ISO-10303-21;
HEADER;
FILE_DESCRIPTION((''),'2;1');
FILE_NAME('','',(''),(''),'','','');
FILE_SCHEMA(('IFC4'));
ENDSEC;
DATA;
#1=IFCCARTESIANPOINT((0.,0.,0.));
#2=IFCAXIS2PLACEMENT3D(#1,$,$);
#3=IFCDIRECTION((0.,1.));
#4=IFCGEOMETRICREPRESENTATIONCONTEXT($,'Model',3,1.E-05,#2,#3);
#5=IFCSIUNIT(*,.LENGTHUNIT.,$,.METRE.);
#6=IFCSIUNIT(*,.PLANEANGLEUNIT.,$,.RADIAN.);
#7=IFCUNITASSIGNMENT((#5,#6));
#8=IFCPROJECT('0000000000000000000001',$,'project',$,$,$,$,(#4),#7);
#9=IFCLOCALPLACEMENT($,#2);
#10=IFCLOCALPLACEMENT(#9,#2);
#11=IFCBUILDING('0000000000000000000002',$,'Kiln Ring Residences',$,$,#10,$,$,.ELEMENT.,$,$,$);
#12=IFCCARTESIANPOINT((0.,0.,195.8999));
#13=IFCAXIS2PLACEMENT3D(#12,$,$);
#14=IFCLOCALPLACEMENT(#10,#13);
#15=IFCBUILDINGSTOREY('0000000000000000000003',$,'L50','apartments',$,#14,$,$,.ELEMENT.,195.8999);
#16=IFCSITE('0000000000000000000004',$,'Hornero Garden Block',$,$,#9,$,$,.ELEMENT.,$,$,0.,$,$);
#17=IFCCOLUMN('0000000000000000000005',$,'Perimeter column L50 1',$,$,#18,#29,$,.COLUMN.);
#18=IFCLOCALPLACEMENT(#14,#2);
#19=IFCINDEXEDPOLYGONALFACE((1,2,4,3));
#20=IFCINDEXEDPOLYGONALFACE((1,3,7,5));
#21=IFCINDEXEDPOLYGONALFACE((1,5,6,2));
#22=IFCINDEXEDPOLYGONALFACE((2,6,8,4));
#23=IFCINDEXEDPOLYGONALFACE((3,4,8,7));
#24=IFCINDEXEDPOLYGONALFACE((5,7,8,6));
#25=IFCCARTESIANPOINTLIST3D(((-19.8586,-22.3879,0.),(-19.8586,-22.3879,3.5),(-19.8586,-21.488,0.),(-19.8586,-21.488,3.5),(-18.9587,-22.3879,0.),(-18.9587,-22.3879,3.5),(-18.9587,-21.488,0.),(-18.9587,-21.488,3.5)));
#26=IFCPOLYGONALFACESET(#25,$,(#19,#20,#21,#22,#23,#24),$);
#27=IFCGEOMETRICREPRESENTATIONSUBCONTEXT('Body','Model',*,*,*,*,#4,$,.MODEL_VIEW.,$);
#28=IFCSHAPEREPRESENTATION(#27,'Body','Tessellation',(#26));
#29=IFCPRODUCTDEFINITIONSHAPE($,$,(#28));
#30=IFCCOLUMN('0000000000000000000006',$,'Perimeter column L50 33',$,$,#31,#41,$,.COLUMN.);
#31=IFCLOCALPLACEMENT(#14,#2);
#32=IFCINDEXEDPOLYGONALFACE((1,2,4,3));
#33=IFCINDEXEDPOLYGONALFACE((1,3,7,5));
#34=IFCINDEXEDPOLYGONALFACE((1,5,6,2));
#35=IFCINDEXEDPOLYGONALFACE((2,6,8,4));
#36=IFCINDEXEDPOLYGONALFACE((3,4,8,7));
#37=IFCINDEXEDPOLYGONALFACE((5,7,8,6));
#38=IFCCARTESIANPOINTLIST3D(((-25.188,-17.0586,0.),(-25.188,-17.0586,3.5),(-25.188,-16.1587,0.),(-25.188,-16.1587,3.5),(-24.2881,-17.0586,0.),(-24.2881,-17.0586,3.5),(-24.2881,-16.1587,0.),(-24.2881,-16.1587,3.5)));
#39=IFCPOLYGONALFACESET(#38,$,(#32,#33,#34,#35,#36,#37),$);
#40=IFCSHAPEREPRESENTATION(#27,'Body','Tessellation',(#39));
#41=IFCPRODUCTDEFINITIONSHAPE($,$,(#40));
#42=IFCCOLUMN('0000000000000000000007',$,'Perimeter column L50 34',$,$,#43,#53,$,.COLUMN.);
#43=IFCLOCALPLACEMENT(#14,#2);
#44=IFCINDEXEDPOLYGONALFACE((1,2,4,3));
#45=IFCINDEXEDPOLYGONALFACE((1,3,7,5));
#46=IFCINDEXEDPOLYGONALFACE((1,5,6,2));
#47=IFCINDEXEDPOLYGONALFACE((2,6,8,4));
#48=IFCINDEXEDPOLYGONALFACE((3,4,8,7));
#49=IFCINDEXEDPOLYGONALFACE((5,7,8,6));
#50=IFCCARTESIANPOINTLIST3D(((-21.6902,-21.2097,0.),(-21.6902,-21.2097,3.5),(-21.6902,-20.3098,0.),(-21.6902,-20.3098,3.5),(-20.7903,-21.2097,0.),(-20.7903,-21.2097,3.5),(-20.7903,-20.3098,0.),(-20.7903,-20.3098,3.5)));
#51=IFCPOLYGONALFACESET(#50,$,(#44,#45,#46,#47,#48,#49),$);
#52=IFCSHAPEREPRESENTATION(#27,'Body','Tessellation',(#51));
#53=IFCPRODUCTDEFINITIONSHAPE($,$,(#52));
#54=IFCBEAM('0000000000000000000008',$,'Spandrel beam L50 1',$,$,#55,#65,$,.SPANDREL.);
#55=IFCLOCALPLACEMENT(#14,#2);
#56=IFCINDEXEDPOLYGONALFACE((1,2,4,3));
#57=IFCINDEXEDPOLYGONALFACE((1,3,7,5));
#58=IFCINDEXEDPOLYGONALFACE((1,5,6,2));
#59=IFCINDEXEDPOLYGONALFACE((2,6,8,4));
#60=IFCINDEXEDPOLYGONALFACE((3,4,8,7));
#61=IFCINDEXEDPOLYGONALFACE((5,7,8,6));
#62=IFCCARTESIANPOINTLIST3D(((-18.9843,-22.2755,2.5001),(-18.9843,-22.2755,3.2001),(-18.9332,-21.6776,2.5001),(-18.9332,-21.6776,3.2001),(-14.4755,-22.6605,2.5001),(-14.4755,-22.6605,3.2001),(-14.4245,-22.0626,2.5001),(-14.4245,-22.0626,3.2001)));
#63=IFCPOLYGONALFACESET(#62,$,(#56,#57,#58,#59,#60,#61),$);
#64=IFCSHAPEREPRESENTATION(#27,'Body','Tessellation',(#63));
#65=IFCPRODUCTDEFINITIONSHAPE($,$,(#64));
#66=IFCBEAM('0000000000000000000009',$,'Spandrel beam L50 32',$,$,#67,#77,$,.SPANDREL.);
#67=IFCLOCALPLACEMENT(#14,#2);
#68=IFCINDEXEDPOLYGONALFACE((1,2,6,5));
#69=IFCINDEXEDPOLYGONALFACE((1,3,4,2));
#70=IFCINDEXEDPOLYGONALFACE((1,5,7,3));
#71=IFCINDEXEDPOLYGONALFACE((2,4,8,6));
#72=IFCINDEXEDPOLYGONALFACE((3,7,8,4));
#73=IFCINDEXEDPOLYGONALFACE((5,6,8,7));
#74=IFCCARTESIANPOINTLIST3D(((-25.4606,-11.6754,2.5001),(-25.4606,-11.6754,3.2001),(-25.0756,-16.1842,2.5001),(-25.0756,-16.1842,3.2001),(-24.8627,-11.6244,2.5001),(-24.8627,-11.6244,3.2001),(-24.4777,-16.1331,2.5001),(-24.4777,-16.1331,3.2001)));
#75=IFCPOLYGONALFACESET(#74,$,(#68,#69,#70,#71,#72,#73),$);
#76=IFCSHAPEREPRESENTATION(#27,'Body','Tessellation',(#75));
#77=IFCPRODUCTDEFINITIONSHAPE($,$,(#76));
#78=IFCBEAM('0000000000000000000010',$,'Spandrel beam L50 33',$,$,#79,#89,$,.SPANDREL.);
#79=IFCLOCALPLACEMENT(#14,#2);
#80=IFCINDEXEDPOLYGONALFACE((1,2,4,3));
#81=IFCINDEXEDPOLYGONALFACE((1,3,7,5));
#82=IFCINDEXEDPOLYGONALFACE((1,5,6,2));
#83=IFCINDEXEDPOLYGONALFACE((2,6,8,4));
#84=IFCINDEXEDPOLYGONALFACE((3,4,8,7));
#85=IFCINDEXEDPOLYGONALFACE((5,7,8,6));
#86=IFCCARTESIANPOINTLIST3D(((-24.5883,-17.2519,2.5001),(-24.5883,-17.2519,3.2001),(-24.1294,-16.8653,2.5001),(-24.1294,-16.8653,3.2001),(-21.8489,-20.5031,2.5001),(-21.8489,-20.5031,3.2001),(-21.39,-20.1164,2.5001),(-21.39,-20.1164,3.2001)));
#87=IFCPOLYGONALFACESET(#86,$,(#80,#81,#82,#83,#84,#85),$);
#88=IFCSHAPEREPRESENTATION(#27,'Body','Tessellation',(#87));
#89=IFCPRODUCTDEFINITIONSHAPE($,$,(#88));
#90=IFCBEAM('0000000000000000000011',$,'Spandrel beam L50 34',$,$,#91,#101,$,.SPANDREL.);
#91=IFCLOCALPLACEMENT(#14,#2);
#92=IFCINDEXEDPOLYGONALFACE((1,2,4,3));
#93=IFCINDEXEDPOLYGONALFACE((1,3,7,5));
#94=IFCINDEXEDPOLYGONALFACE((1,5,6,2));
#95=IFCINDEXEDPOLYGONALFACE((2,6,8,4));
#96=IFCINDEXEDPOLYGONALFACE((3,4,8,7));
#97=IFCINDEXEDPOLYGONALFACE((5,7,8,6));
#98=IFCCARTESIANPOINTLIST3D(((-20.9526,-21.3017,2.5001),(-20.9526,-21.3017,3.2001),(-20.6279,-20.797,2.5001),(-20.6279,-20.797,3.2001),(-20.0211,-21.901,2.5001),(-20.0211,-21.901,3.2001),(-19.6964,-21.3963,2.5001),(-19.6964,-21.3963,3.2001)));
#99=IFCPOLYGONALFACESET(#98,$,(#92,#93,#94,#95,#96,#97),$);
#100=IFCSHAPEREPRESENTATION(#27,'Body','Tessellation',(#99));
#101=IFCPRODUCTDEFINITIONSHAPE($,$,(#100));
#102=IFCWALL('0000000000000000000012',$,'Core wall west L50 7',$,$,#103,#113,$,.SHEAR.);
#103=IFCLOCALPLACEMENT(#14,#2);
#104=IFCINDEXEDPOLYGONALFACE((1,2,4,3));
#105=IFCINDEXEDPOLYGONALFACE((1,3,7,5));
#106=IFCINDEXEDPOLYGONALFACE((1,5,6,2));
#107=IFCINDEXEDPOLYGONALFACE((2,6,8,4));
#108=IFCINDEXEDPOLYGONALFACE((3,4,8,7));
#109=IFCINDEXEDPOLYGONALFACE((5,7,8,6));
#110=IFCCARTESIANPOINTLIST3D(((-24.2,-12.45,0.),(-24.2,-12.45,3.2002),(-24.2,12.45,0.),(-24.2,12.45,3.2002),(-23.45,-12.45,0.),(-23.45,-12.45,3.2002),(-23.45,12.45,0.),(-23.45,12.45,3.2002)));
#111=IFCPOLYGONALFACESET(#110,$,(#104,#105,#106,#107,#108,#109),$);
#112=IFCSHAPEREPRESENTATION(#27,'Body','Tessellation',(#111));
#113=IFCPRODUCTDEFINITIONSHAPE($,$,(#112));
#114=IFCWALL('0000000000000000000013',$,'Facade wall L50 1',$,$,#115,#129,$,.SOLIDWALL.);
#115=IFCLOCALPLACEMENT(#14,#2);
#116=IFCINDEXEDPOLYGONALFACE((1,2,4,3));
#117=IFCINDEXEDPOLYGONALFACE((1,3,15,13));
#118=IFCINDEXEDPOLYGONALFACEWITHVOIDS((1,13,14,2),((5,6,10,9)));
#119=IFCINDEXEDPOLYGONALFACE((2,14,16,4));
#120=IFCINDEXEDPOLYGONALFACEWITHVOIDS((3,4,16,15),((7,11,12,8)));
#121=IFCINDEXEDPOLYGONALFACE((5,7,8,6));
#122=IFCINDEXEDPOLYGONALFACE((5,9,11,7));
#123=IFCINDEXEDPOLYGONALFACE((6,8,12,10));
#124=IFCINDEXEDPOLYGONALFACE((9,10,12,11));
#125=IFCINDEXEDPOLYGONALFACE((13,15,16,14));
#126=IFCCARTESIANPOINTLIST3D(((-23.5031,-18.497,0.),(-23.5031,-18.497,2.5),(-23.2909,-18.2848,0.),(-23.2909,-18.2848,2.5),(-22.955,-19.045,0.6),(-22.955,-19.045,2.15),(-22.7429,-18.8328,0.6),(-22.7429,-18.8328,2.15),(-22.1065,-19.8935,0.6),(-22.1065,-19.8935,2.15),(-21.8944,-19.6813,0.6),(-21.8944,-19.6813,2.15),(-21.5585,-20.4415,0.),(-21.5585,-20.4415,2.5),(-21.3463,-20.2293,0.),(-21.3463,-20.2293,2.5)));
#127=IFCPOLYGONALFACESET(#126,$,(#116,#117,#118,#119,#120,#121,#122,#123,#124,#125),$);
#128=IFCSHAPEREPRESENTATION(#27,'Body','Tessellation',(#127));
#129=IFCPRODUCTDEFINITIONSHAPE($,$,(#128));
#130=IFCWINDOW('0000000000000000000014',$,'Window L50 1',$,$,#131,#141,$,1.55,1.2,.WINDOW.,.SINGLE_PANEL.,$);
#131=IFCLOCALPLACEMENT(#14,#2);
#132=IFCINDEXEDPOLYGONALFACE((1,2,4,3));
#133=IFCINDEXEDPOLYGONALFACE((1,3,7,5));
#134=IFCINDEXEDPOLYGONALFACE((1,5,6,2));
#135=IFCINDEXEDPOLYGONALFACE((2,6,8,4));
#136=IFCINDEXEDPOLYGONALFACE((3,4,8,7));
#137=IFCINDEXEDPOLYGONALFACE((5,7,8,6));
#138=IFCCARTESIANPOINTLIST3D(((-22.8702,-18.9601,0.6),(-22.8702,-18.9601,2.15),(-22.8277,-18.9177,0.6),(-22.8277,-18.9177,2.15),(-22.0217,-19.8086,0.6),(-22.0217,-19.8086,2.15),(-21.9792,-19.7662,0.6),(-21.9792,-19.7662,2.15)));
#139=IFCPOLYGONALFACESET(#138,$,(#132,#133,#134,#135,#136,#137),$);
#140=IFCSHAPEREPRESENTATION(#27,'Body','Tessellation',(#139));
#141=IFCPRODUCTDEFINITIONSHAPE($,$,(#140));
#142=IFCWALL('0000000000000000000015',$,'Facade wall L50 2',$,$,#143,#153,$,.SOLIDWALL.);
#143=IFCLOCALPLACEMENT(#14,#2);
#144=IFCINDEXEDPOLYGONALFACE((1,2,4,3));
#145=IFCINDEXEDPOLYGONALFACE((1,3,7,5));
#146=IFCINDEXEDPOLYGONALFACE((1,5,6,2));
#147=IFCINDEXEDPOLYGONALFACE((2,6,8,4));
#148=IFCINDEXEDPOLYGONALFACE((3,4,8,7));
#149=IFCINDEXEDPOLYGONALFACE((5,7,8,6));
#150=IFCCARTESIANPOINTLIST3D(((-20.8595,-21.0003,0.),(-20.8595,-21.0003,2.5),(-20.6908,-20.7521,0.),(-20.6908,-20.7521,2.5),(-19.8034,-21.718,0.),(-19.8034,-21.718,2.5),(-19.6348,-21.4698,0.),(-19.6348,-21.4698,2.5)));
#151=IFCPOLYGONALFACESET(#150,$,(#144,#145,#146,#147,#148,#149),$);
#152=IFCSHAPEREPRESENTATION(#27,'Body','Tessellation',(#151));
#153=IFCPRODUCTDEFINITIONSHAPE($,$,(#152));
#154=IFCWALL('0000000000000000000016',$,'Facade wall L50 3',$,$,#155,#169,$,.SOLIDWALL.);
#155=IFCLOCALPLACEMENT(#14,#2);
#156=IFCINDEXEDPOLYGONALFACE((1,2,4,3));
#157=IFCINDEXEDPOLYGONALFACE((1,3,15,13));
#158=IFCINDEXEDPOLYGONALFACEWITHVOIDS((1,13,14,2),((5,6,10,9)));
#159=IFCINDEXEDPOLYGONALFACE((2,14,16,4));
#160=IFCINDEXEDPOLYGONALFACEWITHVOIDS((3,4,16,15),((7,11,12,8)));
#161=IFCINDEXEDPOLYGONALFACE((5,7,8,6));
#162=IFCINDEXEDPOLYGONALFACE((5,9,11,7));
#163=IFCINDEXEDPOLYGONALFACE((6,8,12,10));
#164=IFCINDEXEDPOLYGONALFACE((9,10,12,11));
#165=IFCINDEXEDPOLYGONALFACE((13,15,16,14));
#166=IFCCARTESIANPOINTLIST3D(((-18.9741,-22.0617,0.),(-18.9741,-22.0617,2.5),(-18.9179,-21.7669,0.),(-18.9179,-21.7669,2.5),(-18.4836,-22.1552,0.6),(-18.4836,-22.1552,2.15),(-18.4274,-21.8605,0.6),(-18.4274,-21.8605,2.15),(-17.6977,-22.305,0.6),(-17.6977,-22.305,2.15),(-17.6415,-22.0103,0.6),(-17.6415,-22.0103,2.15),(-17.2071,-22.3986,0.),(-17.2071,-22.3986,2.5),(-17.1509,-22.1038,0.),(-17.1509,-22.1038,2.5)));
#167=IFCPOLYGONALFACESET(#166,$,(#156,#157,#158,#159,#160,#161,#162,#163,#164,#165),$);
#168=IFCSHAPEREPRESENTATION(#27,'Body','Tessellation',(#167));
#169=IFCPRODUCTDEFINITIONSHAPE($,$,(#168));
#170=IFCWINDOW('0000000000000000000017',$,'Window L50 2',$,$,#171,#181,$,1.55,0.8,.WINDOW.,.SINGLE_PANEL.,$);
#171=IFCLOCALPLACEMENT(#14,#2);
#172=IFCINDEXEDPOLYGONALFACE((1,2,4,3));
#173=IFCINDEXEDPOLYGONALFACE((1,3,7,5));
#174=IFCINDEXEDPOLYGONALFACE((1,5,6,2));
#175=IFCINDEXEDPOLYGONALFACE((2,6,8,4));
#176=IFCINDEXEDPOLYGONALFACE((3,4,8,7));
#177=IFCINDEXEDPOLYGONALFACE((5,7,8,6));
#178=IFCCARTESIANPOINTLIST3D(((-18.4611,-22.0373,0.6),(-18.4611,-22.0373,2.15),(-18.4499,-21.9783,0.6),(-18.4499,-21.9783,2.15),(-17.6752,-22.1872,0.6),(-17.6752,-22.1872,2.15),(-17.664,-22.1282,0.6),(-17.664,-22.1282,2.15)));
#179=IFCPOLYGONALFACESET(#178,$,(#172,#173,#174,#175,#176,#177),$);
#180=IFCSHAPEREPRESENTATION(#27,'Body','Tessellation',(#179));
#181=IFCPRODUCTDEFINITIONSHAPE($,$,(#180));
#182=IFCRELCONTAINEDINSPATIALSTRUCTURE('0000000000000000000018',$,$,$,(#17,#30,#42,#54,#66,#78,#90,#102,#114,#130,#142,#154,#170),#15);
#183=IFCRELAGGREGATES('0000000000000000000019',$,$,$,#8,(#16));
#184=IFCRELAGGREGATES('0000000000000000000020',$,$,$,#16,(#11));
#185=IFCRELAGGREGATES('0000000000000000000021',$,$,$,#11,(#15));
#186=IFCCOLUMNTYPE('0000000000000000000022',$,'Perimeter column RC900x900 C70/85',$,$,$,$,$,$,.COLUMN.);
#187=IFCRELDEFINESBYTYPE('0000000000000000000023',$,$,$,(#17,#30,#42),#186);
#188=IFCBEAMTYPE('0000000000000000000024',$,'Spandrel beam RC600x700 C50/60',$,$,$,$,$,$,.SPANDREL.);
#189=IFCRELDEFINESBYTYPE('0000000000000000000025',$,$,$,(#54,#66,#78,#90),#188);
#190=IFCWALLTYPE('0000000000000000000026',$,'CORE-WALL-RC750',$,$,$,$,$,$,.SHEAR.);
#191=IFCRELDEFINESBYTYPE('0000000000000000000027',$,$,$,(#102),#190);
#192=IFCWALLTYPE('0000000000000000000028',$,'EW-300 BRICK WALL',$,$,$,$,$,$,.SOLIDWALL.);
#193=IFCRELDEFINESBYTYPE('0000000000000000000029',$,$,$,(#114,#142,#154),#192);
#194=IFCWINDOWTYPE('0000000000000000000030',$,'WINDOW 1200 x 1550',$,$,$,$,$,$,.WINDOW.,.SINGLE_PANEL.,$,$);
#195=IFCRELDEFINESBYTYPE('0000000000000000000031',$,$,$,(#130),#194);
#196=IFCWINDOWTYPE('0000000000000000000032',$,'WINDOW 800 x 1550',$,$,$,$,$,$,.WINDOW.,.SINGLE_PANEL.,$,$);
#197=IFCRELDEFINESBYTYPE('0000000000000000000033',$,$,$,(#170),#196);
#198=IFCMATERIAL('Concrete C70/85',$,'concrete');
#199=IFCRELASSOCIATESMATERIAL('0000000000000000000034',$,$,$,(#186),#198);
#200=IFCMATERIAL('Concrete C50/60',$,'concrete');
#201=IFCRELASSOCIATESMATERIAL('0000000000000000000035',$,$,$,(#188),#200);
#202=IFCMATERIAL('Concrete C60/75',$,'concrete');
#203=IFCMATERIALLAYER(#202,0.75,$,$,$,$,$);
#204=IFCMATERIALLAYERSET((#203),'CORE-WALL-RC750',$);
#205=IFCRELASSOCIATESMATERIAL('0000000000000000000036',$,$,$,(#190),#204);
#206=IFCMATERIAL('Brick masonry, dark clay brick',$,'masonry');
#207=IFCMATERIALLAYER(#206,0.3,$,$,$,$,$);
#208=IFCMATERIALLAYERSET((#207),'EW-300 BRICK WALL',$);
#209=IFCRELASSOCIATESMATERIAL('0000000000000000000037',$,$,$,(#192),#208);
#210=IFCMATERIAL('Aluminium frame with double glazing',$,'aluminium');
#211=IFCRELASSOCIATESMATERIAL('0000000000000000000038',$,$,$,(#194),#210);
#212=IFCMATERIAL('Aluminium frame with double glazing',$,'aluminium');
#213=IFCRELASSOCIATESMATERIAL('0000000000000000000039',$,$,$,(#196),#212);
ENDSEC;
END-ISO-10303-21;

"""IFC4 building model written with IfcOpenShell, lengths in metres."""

from ifc_helpers import new_model, si_unit, direction, frame, frame_2d, origin, origin_2d, place, context, subcontext, project, spatial, rectangle, extrude, material, layer, layer_set, material_profile, profile_set, type_object, element, fill, save


model = new_model("IFC4")

# Units and contexts
model_context = context("Model", 3, precision=1e-05, world=origin(), true_north=direction((0.0, 1.0)))
body_context = subcontext(model_context, "Body", "Model", "MODEL_VIEW")
ifc_project = project(units=[si_unit("LENGTHUNIT", "METRE"), si_unit("PLANEANGLEUNIT", "RADIAN")], contexts=[model_context])

# Site, building, storey
site_placement = place(None, origin())
site = spatial("IfcSite", under=ifc_project, at=site_placement, Name="Hornero Garden Block", CompositionType="ELEMENT", RefElevation=0.0)
building_placement = place(site_placement, origin())
building = spatial("IfcBuilding", under=site, at=building_placement, Name="Kiln Ring Residences", CompositionType="ELEMENT")
storey_placement = place(building_placement, frame((0.0, 0.0, 195.8999)))
storey = spatial("IfcBuildingStorey", under=building, at=storey_placement, Name="L50", Description="apartments", CompositionType="ELEMENT", Elevation=195.8999)

# Columns
ifc_material_1 = material(Name="Concrete C70/85", Category="concrete")
ifc_material_profile_1 = material_profile(ifc_material_1, rectangle(XDim=0.8999, YDim=0.8999, at=origin_2d()), Name="RC900x900")
ifc_profile_set_1 = profile_set([ifc_material_profile_1], Name="Concrete C70/85")
column_type = type_object("IfcColumnType", Name="Perimeter column RC900x900 C70/85", PredefinedType="COLUMN", material=ifc_profile_set_1)
for number, where, z_axis, x_axis, name in (
    (1, (-19.4087, -21.938, 0.0), (0.0, 0.0, 1.0), (1.0, 0.0, 0.0), "Perimeter column L50 1"),
    (2, (-24.738, -16.6086, 0.0), (0.0, 0.0, 1.0), (1.0, 0.0, 0.0), "Perimeter column L50 33"),
    (3, (-21.2402, -20.7598, 0.0), (0.0, 0.0, 1.0), (1.0, 0.0, 0.0), "Perimeter column L50 34"),
):
    element("IfcColumn", number, at=place(storey_placement, frame(where, z_axis=z_axis, x_axis=x_axis)), inside=storey, type_object=column_type, Name=name, PredefinedType="COLUMN", context=body_context, shape_type="SweptSolid", body=[
        extrude(rectangle(XDim=0.8999, YDim=0.8999, at=origin_2d()), origin(), (0.0, 0.0, 1.0), 3.5),
    ])

# Beams
ifc_material_2 = material(Name="Concrete C50/60", Category="concrete")
ifc_material_profile_2 = material_profile(ifc_material_2, rectangle(XDim=0.6001, YDim=0.7, at=origin_2d()), Name="RC600x700")
ifc_profile_set_2 = profile_set([ifc_material_profile_2], Name="Concrete C50/60")
beam_type = type_object("IfcBeamType", Name="Spandrel beam RC600x700 C50/60", PredefinedType="SPANDREL", material=ifc_profile_set_2)
for number, where, z_axis, x_axis, name in (
    (4, (-18.9587, -21.9766, 2.8501), (0.996374, -0.085081, 0.0), (0.085081, 0.996374, 0.0), "Spandrel beam L50 1"),
    (5, (-25.1616, -11.6499, 2.8501), (0.085081, -0.996374, 0.0), (0.996374, 0.085081, 0.0), "Spandrel beam L50 32"),
):
    element("IfcBeam", number, at=place(storey_placement, frame(where, z_axis=z_axis, x_axis=x_axis)), inside=storey, type_object=beam_type, Name=name, PredefinedType="SPANDREL", context=body_context, shape_type="SweptSolid", body=[
        extrude(rectangle(XDim=0.6001, YDim=0.7, at=origin_2d()), origin(), (0.0, 0.0, 1.0), 4.5251),
    ])
beam_1_placement = place(storey_placement, frame((-24.3589, -17.0586, 2.8501), z_axis=(0.64436, -0.764722, 0.0), x_axis=(0.764722, 0.64436, 0.0)))
element("IfcBeam", 6, at=beam_1_placement, inside=storey, type_object=beam_type, Name="Spandrel beam L50 33", PredefinedType="SPANDREL", context=body_context, shape_type="SweptSolid", body=[
    extrude(rectangle(XDim=0.6001, YDim=0.7, at=origin_2d()), origin(), (0.0, 0.0, 1.0), 4.2515),
])
beam_2_placement = place(storey_placement, frame((-20.7903, -21.0493, 2.8501), z_axis=(0.840992, -0.541047, 0.0), x_axis=(0.541047, 0.840992, 0.0)))
element("IfcBeam", 7, at=beam_2_placement, inside=storey, type_object=beam_type, Name="Spandrel beam L50 34", PredefinedType="SPANDREL", context=body_context, shape_type="SweptSolid", body=[
    extrude(rectangle(XDim=0.6001, YDim=0.7, at=origin_2d()), origin(), (0.0, 0.0, 1.0), 1.1077),
])

# Wall
ifc_material_3 = material(Name="Concrete C60/75", Category="concrete")
ifc_layer_1 = layer(ifc_material_3, 0.75)
ifc_layer_set_1 = layer_set([ifc_layer_1], Name="CORE-WALL-RC750")
wall_type_1 = type_object("IfcWallType", Name="CORE-WALL-RC750", PredefinedType="SHEAR", material=ifc_layer_set_1)
wall_1_placement = place(storey_placement, frame((-23.825, -12.45, 0.0), z_axis=(0.0, 0.0, 1.0), x_axis=(0.0, 1.0, 0.0)))
element("IfcWall", 8, at=wall_1_placement, inside=storey, type_object=wall_type_1, Name="Core wall west L50 7", PredefinedType="SHEAR", context=body_context, shape_type="SweptSolid", body=[
    extrude(rectangle(XDim=24.8999, YDim=0.75, at=frame_2d((12.45, 0.0))), origin(), (0.0, 0.0, 1.0), 3.2002),
])

# Wall, opening, window
ifc_material_4 = material(Name="Brick masonry, dark clay brick", Category="masonry")
ifc_layer_2 = layer(ifc_material_4, 0.3)
ifc_layer_set_2 = layer_set([ifc_layer_2], Name="EW-300 BRICK WALL")
wall_type_2 = type_object("IfcWallType", Name="EW-300 BRICK WALL", PredefinedType="SOLIDWALL", material=ifc_layer_set_2)
wall_2_placement = place(storey_placement, frame((-23.397, -18.3909, 0.0), z_axis=(0.0, 0.0, 1.0), x_axis=(0.707107, -0.707107, 0.0)))
wall_2 = element("IfcWall", 9, at=wall_2_placement, inside=storey, type_object=wall_type_2, Name="Facade wall L50 1", PredefinedType="SOLIDWALL", context=body_context, shape_type="SweptSolid", body=[
    extrude(rectangle(XDim=2.75, YDim=0.3, at=frame_2d((1.375, 0.0))), origin(), (0.0, 0.0, 1.0), 2.5),
])
opening_1_placement = place(wall_2_placement, frame((0.7749, 0.0, 0.6001)))
opening_1 = element("IfcOpeningElement", 10, at=opening_1_placement, cuts=wall_2, PredefinedType="OPENING", context=body_context, shape_type="SweptSolid", body=[
    extrude(rectangle(XDim=1.2, YDim=1.55, at=frame_2d((0.6001, 0.7749))), frame((0.0, 0.1599, 0.0), z_axis=(0.0, -1.0, 0.0), x_axis=(1.0, 0.0, 0.0)), (0.0, 0.0, 1.0), 0.3201),
])
ifc_material_5 = material(Name="Aluminium frame with double glazing", Category="aluminium")
window_type_1 = type_object("IfcWindowType", Name="WINDOW 1200 x 1550", PartitioningType="SINGLE_PANEL", PredefinedType="WINDOW", material=ifc_material_5)
window_1_placement = place(opening_1_placement, origin())
window_1 = element("IfcWindow", 11, at=window_1_placement, inside=storey, type_object=window_type_1, Name="Window L50 1", OverallHeight=1.55, OverallWidth=1.2, PartitioningType="SINGLE_PANEL", PredefinedType="WINDOW", context=body_context, shape_type="SweptSolid", body=[
    extrude(rectangle(XDim=1.2, YDim=1.55, at=frame_2d((0.6001, 0.7749))), frame((0.0, 0.03, 0.0), z_axis=(0.0, -1.0, 0.0), x_axis=(1.0, 0.0, 0.0)), (0.0, 0.0, 1.0), 0.0601),
])
fill(opening_1, window_1)

# Wall
wall_3_placement = place(storey_placement, frame((-20.7751, -20.8762, 0.0), z_axis=(0.0, 0.0, 1.0), x_axis=(0.827076, -0.56209, 0.0)))
element("IfcWall", 12, at=wall_3_placement, inside=storey, type_object=wall_type_2, Name="Facade wall L50 2", PredefinedType="SOLIDWALL", context=body_context, shape_type="SweptSolid", body=[
    extrude(rectangle(XDim=1.2769, YDim=0.3, at=frame_2d((0.6384, 0.0))), origin(), (0.0, 0.0, 1.0), 2.5),
])

# Wall, opening, window
wall_4_placement = place(storey_placement, frame((-18.946, -21.9143, 0.0), z_axis=(0.0, 0.0, 1.0), x_axis=(0.982305, -0.187287, 0.0)))
wall_4 = element("IfcWall", 13, at=wall_4_placement, inside=storey, type_object=wall_type_2, Name="Facade wall L50 3", PredefinedType="SOLIDWALL", context=body_context, shape_type="SweptSolid", body=[
    extrude(rectangle(XDim=1.7988, YDim=0.3, at=frame_2d((0.8994, 0.0))), origin(), (0.0, 0.0, 1.0), 2.5),
])
opening_2_placement = place(wall_4_placement, frame((0.4995, 0.0, 0.6001)))
opening_2 = element("IfcOpeningElement", 14, at=opening_2_placement, cuts=wall_4, PredefinedType="OPENING", context=body_context, shape_type="SweptSolid", body=[
    extrude(rectangle(XDim=0.8, YDim=1.55, at=frame_2d((0.3999, 0.7749))), frame((0.0, 0.1599, 0.0), z_axis=(0.0, -1.0, 0.0), x_axis=(1.0, 0.0, 0.0)), (0.0, 0.0, 1.0), 0.3201),
])
ifc_material_6 = material(Name="Aluminium frame with double glazing", Category="aluminium")
window_type_2 = type_object("IfcWindowType", Name="WINDOW 800 x 1550", PartitioningType="SINGLE_PANEL", PredefinedType="WINDOW", material=ifc_material_6)
window_2_placement = place(opening_2_placement, origin())
window_2 = element("IfcWindow", 15, at=window_2_placement, inside=storey, type_object=window_type_2, Name="Window L50 2", OverallHeight=1.55, OverallWidth=0.8, PartitioningType="SINGLE_PANEL", PredefinedType="WINDOW", context=body_context, shape_type="SweptSolid", body=[
    extrude(rectangle(XDim=0.8, YDim=1.55, at=frame_2d((0.3999, 0.7749))), frame((0.0, 0.03, 0.0), z_axis=(0.0, -1.0, 0.0), x_axis=(1.0, 0.0, 0.0)), (0.0, 0.0, 1.0), 0.0601),
])
fill(opening_2, window_2)

save(model, "model.ifc")
